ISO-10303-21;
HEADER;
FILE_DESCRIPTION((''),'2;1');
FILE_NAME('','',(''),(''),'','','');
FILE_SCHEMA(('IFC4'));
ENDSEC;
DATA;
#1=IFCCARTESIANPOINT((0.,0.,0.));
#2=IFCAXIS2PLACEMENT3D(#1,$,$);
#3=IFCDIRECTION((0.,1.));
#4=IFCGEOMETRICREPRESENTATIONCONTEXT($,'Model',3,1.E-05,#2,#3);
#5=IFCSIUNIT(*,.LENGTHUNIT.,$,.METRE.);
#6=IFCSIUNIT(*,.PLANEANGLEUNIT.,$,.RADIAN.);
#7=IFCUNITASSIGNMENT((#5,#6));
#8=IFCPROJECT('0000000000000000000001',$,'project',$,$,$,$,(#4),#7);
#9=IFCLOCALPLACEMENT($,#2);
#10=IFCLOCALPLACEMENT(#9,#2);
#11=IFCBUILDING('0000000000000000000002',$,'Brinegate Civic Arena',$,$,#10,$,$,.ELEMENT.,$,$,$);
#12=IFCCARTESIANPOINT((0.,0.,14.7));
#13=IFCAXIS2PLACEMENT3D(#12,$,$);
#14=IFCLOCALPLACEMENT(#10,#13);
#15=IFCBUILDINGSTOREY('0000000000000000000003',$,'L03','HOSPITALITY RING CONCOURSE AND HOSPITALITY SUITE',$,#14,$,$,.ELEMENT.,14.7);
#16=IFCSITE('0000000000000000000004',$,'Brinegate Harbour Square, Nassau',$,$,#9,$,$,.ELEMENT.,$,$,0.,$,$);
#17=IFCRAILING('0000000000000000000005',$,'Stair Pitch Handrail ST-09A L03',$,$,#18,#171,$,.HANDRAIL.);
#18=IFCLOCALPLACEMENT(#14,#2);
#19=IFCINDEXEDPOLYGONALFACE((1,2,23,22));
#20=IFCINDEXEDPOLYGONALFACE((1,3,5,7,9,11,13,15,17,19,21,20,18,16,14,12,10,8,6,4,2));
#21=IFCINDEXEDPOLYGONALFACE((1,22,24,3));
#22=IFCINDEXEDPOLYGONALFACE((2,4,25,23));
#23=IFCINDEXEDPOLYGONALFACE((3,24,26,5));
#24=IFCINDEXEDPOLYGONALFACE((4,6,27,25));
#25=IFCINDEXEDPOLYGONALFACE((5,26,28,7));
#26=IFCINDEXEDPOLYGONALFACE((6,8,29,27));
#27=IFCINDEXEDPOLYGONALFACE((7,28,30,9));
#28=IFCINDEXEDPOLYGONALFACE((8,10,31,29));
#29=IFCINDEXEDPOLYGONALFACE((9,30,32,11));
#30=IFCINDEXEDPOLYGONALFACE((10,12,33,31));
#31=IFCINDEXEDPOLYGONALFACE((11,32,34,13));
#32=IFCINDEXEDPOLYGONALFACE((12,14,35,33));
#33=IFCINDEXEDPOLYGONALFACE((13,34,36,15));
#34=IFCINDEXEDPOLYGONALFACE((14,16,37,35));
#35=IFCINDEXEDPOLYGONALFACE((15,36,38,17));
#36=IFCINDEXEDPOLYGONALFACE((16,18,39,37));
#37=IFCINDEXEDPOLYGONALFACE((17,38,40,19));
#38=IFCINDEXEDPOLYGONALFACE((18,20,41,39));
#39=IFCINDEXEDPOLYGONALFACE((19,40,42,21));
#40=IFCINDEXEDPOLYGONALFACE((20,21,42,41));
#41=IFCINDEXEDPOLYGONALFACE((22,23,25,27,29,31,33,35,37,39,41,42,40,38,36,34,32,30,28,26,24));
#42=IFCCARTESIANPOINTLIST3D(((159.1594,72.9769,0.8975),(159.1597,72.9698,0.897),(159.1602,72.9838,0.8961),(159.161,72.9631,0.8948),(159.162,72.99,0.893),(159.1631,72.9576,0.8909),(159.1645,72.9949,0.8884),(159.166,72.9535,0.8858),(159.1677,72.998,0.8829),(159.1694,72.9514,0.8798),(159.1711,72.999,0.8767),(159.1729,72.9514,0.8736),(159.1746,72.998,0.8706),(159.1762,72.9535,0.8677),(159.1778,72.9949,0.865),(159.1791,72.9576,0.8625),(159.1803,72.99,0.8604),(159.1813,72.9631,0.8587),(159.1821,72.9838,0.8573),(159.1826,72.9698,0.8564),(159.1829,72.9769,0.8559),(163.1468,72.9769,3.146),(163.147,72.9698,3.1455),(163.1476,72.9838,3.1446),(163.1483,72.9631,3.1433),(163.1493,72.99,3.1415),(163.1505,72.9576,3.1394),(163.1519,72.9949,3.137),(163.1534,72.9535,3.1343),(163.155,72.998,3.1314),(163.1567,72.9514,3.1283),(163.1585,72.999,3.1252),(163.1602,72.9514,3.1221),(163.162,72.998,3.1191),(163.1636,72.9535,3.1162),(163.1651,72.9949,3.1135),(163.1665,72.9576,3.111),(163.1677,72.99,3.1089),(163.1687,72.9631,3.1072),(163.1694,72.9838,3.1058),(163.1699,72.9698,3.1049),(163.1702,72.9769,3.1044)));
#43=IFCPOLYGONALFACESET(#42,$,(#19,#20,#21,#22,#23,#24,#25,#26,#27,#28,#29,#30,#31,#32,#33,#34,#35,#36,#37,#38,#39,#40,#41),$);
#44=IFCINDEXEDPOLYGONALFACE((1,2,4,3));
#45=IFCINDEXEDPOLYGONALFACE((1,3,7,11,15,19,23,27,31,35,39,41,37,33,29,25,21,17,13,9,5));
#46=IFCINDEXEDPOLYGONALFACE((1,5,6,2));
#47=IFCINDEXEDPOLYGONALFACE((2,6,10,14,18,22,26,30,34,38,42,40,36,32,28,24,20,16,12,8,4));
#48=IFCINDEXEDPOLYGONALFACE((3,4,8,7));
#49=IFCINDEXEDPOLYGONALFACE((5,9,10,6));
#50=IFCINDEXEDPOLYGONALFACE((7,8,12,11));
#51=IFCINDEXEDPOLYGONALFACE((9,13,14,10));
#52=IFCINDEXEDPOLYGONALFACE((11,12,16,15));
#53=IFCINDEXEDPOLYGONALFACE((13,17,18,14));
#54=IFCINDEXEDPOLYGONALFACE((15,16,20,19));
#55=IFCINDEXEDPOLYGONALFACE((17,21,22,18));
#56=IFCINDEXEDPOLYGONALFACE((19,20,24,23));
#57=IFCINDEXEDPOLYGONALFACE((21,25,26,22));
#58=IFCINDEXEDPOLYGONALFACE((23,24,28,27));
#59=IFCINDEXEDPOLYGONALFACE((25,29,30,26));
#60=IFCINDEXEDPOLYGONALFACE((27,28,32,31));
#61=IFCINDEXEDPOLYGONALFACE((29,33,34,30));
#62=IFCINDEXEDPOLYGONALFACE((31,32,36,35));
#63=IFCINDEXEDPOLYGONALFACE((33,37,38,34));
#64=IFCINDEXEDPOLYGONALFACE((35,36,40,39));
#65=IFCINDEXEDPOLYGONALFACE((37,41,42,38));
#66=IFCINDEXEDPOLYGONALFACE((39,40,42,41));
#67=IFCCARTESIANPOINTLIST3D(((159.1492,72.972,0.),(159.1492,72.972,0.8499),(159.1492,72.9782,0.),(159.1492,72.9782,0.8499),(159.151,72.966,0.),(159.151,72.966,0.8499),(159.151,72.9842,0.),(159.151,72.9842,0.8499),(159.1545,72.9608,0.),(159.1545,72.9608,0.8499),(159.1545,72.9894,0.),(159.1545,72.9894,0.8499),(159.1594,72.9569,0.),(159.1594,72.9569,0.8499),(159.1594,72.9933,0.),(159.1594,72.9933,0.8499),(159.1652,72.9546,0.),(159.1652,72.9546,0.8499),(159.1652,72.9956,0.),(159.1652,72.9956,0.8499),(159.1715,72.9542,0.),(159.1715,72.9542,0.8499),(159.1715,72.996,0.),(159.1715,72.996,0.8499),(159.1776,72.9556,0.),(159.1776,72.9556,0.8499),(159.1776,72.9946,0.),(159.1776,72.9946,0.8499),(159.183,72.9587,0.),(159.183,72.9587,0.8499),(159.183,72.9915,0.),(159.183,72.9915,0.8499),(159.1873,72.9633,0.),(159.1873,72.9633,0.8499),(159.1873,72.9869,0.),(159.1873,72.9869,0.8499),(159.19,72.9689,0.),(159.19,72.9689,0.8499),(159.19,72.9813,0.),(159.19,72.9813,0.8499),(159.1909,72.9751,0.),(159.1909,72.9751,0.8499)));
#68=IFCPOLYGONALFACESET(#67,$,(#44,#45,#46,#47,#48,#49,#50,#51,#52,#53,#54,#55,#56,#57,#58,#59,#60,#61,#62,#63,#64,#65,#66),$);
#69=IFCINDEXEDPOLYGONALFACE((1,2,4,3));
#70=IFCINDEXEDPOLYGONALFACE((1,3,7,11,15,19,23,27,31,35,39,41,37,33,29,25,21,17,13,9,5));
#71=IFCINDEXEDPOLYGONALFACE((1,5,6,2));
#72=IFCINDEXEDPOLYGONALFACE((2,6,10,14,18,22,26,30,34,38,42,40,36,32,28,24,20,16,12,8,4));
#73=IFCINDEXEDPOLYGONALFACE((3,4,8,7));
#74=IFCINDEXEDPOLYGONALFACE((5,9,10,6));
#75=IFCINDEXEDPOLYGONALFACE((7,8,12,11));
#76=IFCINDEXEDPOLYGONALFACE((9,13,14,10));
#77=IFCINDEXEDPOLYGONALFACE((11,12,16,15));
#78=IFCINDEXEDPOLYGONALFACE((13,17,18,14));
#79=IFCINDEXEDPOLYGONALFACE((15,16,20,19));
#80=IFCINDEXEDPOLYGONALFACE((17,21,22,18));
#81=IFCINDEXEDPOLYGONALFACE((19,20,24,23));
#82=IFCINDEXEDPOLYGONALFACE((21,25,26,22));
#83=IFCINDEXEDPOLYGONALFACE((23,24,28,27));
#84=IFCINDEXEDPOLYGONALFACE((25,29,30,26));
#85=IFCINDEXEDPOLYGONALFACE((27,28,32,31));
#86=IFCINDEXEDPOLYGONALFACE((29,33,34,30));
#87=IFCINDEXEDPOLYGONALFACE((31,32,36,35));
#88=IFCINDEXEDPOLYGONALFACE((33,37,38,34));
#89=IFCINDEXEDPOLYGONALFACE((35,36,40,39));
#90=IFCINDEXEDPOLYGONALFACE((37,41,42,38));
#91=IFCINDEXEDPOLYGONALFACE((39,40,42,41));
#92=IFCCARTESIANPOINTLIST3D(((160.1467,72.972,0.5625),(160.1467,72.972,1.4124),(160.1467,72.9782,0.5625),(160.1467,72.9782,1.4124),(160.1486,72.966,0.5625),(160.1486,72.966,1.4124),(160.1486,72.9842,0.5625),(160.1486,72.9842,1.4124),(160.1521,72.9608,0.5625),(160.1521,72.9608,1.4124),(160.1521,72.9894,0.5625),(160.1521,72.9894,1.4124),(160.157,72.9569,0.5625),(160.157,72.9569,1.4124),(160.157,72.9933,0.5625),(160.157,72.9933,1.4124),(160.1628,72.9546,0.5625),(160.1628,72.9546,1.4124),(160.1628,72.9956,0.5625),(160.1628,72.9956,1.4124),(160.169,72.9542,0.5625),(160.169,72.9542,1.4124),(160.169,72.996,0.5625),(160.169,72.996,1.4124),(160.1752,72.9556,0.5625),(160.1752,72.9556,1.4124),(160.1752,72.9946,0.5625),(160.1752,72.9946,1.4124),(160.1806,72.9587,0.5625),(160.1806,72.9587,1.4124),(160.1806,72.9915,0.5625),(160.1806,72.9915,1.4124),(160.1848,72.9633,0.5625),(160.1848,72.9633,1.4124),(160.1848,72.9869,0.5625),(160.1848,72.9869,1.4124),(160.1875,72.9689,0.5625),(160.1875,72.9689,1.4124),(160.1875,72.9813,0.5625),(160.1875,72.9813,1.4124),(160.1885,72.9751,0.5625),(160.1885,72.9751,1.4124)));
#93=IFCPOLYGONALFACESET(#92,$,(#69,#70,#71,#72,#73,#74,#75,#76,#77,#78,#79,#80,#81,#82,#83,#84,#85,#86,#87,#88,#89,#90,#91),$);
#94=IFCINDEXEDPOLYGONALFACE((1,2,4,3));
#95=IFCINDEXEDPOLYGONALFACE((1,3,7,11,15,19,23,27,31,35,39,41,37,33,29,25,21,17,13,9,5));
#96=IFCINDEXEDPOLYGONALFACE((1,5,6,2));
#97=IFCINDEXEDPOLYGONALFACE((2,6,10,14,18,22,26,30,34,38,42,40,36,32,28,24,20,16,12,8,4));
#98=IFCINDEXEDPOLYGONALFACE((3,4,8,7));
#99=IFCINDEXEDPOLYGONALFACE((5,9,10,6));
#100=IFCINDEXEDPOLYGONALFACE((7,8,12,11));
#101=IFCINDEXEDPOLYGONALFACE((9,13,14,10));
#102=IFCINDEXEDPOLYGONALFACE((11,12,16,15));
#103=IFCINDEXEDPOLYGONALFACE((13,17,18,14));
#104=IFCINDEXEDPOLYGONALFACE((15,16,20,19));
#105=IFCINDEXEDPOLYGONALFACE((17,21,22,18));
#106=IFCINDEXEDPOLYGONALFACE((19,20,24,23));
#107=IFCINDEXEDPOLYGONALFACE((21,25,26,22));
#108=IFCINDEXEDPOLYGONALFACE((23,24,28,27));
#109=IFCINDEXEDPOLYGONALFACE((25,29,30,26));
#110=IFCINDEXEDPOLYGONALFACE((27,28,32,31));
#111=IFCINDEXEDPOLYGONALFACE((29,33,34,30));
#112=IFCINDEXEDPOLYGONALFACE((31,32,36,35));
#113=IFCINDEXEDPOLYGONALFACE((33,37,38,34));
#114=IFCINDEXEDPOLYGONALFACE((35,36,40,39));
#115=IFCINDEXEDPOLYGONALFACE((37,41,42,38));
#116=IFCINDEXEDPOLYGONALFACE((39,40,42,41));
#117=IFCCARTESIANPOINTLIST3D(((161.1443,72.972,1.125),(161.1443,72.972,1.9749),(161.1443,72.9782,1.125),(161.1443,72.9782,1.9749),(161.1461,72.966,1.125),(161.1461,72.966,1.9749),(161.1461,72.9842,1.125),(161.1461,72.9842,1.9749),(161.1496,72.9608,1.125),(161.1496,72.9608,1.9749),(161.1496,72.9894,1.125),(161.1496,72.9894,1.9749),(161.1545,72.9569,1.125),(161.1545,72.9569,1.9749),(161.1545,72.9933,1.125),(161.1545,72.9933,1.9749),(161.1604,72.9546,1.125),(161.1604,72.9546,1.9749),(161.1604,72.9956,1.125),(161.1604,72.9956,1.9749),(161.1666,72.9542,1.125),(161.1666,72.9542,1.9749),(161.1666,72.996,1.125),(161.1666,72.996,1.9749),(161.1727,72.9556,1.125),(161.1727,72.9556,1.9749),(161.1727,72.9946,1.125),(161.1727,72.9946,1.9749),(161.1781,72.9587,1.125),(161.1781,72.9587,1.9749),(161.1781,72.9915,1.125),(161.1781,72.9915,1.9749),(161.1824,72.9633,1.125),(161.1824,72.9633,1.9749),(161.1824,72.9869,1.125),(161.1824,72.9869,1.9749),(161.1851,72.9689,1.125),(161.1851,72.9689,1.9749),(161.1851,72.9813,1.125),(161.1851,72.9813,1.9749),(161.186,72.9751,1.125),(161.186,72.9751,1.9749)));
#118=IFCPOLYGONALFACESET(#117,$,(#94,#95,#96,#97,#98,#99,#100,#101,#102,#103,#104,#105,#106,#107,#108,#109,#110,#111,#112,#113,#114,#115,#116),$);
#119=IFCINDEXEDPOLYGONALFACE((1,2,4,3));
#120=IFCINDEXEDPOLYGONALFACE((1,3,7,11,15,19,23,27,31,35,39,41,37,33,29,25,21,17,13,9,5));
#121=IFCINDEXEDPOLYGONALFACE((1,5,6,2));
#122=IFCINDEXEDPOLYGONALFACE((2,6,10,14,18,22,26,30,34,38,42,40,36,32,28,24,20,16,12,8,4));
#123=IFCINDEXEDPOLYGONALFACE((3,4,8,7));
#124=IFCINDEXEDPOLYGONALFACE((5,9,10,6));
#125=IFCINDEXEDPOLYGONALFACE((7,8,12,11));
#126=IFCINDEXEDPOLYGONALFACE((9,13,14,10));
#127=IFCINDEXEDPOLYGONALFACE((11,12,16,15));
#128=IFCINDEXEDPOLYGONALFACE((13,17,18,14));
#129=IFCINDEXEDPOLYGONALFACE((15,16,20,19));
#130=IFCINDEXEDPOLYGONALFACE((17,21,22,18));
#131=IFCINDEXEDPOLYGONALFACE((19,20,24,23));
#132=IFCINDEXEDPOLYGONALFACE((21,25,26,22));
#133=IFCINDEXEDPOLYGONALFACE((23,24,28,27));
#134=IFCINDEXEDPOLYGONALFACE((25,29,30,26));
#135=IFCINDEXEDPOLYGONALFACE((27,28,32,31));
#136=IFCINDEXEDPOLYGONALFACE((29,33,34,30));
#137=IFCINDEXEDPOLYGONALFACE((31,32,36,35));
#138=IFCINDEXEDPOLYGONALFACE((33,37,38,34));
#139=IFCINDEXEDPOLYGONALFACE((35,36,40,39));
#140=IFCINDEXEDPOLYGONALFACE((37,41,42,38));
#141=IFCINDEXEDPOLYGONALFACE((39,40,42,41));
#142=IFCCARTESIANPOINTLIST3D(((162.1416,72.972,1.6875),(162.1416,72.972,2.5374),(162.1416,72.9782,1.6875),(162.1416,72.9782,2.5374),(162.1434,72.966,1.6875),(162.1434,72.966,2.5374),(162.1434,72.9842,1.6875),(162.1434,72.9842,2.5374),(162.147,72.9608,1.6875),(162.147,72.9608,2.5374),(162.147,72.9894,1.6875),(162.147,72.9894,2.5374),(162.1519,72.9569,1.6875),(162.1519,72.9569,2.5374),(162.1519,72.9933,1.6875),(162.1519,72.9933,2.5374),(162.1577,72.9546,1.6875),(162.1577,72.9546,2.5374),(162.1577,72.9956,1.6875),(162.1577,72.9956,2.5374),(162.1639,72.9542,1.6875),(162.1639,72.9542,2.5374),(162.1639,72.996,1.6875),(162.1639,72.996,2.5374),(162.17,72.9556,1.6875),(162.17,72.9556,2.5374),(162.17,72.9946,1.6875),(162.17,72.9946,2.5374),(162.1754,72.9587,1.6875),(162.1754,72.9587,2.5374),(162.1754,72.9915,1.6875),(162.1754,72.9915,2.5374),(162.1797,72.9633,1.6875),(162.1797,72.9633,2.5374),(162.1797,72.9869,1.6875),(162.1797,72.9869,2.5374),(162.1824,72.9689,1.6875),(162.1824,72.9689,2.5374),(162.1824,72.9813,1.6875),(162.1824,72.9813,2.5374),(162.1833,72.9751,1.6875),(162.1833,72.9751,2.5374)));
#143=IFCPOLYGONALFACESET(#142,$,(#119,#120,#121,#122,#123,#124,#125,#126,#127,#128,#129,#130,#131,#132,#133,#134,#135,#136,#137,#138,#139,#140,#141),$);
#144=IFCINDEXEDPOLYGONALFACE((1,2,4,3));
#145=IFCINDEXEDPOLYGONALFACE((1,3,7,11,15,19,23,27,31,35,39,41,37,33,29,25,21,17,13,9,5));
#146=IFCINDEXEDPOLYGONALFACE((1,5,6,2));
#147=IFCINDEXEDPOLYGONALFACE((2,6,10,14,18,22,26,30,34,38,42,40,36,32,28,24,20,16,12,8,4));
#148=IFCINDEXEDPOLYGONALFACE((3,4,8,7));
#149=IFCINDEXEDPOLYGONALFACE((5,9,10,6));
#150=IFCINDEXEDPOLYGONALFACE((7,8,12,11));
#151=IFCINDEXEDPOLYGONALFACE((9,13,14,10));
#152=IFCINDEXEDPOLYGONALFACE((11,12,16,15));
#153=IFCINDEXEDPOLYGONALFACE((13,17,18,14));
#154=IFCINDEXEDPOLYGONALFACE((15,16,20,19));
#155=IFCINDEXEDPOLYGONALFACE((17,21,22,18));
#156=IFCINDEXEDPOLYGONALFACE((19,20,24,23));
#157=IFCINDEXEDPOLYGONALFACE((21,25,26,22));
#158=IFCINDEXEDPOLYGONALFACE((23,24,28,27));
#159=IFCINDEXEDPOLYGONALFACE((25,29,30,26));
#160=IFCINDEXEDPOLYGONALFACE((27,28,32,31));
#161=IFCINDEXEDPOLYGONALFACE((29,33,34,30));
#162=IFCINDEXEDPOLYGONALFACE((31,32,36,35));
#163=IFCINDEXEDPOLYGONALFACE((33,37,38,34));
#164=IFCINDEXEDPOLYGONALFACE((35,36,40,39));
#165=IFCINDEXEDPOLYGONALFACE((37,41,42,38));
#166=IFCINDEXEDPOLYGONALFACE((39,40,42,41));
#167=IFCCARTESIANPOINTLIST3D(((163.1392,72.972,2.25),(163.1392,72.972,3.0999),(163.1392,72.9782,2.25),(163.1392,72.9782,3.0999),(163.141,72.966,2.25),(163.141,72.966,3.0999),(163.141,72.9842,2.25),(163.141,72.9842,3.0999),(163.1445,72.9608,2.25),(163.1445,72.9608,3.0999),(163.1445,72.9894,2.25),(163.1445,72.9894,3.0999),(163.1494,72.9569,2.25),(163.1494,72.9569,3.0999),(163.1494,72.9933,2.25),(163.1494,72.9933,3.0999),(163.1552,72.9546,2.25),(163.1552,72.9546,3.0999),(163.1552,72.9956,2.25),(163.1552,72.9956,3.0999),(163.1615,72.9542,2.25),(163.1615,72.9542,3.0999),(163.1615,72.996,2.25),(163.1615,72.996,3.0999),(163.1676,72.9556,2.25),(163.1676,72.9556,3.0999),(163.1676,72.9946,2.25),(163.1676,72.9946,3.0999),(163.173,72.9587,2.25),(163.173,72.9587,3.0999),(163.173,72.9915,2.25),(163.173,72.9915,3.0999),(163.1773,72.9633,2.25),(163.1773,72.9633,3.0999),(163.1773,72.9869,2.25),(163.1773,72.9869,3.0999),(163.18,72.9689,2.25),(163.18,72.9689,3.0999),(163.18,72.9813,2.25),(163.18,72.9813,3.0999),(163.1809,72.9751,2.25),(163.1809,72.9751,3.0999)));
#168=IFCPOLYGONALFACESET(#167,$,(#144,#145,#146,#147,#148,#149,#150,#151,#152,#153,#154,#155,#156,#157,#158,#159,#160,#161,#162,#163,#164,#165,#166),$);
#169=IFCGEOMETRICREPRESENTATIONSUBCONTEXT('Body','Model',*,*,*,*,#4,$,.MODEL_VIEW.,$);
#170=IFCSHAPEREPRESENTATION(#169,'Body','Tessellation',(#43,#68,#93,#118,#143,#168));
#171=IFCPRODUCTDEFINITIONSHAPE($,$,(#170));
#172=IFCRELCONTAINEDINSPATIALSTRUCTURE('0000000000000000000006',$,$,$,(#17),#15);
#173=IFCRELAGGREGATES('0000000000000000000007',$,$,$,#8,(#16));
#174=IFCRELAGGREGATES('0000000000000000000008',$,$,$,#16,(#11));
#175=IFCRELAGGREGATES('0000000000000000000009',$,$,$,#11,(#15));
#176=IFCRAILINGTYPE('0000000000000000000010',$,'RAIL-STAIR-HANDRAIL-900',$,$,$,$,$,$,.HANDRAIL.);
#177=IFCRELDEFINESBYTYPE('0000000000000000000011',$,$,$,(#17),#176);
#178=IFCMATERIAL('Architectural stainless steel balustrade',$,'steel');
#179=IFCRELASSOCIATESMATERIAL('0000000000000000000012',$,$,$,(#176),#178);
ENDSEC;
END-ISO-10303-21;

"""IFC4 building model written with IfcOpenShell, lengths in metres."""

from ifc_helpers import new_model, si_unit, direction, frame, origin, origin_2d, place, context, subcontext, project, spatial, circle, extrude, material, type_object, element, save


model = new_model("IFC4")

# Units and contexts
model_context = context("Model", 3, precision=1e-05, world=origin(), true_north=direction((0.0, 1.0)))
body_context = subcontext(model_context, "Body", "Model", "MODEL_VIEW")
ifc_project = project(units=[si_unit("LENGTHUNIT", "METRE"), si_unit("PLANEANGLEUNIT", "RADIAN")], contexts=[model_context])

# Site, building, storey
site_placement = place(None, origin())
site = spatial("IfcSite", under=ifc_project, at=site_placement, Name="Brinegate Harbour Square, Nassau", CompositionType="ELEMENT", RefElevation=0.0)
building_placement = place(site_placement, origin())
building = spatial("IfcBuilding", under=site, at=building_placement, Name="Brinegate Civic Arena", CompositionType="ELEMENT")
storey_placement = place(building_placement, frame((0.0, 0.0, 14.7)))
storey = spatial("IfcBuildingStorey", under=building, at=storey_placement, Name="L03", Description="HOSPITALITY RING CONCOURSE AND HOSPITALITY SUITE", CompositionType="ELEMENT", Elevation=14.7)

# Railing
ifc_material_1 = material(Name="Architectural stainless steel balustrade", Category="steel")
railing_type_1 = type_object("IfcRailingType", Name="RAIL-STAIR-HANDRAIL-900", PredefinedType="HANDRAIL", material=ifc_material_1)
railing_1_placement = place(storey_placement, frame((159.1699, 72.9751, 0.0)))
element("IfcRailing", 1, at=railing_1_placement, inside=storey, type_object=railing_type_1, Name="Stair Pitch Handrail ST-09A L03", PredefinedType="HANDRAIL", context=body_context, shape_type="SweptSolid", body=[
    extrude(circle(Radius=0.0239, at=origin_2d()), frame((0.0012, 0.0, 0.8767), z_axis=(0.87105, 0.0, 0.491195), x_axis=(0.0, 1.0, 0.0)), (0.0, 0.0, 1.0), 4.5776),
    extrude(circle(Radius=0.021, at=origin_2d()), origin(), (0.0, 0.0, 1.0), 0.8499),
    extrude(circle(Radius=0.021, at=origin_2d()), frame((0.9976, 0.0, 0.5625)), (0.0, 0.0, 1.0), 0.8499),
    extrude(circle(Radius=0.021, at=origin_2d()), frame((1.9951, 0.0, 1.125)), (0.0, 0.0, 1.0), 0.8499),
    extrude(circle(Radius=0.021, at=origin_2d()), frame((2.9924, 0.0, 1.6875)), (0.0, 0.0, 1.0), 0.8499),
    extrude(circle(Radius=0.021, at=origin_2d()), frame((3.99, 0.0, 2.25)), (0.0, 0.0, 1.0), 0.8499),
])

save(model, "model.ifc")
